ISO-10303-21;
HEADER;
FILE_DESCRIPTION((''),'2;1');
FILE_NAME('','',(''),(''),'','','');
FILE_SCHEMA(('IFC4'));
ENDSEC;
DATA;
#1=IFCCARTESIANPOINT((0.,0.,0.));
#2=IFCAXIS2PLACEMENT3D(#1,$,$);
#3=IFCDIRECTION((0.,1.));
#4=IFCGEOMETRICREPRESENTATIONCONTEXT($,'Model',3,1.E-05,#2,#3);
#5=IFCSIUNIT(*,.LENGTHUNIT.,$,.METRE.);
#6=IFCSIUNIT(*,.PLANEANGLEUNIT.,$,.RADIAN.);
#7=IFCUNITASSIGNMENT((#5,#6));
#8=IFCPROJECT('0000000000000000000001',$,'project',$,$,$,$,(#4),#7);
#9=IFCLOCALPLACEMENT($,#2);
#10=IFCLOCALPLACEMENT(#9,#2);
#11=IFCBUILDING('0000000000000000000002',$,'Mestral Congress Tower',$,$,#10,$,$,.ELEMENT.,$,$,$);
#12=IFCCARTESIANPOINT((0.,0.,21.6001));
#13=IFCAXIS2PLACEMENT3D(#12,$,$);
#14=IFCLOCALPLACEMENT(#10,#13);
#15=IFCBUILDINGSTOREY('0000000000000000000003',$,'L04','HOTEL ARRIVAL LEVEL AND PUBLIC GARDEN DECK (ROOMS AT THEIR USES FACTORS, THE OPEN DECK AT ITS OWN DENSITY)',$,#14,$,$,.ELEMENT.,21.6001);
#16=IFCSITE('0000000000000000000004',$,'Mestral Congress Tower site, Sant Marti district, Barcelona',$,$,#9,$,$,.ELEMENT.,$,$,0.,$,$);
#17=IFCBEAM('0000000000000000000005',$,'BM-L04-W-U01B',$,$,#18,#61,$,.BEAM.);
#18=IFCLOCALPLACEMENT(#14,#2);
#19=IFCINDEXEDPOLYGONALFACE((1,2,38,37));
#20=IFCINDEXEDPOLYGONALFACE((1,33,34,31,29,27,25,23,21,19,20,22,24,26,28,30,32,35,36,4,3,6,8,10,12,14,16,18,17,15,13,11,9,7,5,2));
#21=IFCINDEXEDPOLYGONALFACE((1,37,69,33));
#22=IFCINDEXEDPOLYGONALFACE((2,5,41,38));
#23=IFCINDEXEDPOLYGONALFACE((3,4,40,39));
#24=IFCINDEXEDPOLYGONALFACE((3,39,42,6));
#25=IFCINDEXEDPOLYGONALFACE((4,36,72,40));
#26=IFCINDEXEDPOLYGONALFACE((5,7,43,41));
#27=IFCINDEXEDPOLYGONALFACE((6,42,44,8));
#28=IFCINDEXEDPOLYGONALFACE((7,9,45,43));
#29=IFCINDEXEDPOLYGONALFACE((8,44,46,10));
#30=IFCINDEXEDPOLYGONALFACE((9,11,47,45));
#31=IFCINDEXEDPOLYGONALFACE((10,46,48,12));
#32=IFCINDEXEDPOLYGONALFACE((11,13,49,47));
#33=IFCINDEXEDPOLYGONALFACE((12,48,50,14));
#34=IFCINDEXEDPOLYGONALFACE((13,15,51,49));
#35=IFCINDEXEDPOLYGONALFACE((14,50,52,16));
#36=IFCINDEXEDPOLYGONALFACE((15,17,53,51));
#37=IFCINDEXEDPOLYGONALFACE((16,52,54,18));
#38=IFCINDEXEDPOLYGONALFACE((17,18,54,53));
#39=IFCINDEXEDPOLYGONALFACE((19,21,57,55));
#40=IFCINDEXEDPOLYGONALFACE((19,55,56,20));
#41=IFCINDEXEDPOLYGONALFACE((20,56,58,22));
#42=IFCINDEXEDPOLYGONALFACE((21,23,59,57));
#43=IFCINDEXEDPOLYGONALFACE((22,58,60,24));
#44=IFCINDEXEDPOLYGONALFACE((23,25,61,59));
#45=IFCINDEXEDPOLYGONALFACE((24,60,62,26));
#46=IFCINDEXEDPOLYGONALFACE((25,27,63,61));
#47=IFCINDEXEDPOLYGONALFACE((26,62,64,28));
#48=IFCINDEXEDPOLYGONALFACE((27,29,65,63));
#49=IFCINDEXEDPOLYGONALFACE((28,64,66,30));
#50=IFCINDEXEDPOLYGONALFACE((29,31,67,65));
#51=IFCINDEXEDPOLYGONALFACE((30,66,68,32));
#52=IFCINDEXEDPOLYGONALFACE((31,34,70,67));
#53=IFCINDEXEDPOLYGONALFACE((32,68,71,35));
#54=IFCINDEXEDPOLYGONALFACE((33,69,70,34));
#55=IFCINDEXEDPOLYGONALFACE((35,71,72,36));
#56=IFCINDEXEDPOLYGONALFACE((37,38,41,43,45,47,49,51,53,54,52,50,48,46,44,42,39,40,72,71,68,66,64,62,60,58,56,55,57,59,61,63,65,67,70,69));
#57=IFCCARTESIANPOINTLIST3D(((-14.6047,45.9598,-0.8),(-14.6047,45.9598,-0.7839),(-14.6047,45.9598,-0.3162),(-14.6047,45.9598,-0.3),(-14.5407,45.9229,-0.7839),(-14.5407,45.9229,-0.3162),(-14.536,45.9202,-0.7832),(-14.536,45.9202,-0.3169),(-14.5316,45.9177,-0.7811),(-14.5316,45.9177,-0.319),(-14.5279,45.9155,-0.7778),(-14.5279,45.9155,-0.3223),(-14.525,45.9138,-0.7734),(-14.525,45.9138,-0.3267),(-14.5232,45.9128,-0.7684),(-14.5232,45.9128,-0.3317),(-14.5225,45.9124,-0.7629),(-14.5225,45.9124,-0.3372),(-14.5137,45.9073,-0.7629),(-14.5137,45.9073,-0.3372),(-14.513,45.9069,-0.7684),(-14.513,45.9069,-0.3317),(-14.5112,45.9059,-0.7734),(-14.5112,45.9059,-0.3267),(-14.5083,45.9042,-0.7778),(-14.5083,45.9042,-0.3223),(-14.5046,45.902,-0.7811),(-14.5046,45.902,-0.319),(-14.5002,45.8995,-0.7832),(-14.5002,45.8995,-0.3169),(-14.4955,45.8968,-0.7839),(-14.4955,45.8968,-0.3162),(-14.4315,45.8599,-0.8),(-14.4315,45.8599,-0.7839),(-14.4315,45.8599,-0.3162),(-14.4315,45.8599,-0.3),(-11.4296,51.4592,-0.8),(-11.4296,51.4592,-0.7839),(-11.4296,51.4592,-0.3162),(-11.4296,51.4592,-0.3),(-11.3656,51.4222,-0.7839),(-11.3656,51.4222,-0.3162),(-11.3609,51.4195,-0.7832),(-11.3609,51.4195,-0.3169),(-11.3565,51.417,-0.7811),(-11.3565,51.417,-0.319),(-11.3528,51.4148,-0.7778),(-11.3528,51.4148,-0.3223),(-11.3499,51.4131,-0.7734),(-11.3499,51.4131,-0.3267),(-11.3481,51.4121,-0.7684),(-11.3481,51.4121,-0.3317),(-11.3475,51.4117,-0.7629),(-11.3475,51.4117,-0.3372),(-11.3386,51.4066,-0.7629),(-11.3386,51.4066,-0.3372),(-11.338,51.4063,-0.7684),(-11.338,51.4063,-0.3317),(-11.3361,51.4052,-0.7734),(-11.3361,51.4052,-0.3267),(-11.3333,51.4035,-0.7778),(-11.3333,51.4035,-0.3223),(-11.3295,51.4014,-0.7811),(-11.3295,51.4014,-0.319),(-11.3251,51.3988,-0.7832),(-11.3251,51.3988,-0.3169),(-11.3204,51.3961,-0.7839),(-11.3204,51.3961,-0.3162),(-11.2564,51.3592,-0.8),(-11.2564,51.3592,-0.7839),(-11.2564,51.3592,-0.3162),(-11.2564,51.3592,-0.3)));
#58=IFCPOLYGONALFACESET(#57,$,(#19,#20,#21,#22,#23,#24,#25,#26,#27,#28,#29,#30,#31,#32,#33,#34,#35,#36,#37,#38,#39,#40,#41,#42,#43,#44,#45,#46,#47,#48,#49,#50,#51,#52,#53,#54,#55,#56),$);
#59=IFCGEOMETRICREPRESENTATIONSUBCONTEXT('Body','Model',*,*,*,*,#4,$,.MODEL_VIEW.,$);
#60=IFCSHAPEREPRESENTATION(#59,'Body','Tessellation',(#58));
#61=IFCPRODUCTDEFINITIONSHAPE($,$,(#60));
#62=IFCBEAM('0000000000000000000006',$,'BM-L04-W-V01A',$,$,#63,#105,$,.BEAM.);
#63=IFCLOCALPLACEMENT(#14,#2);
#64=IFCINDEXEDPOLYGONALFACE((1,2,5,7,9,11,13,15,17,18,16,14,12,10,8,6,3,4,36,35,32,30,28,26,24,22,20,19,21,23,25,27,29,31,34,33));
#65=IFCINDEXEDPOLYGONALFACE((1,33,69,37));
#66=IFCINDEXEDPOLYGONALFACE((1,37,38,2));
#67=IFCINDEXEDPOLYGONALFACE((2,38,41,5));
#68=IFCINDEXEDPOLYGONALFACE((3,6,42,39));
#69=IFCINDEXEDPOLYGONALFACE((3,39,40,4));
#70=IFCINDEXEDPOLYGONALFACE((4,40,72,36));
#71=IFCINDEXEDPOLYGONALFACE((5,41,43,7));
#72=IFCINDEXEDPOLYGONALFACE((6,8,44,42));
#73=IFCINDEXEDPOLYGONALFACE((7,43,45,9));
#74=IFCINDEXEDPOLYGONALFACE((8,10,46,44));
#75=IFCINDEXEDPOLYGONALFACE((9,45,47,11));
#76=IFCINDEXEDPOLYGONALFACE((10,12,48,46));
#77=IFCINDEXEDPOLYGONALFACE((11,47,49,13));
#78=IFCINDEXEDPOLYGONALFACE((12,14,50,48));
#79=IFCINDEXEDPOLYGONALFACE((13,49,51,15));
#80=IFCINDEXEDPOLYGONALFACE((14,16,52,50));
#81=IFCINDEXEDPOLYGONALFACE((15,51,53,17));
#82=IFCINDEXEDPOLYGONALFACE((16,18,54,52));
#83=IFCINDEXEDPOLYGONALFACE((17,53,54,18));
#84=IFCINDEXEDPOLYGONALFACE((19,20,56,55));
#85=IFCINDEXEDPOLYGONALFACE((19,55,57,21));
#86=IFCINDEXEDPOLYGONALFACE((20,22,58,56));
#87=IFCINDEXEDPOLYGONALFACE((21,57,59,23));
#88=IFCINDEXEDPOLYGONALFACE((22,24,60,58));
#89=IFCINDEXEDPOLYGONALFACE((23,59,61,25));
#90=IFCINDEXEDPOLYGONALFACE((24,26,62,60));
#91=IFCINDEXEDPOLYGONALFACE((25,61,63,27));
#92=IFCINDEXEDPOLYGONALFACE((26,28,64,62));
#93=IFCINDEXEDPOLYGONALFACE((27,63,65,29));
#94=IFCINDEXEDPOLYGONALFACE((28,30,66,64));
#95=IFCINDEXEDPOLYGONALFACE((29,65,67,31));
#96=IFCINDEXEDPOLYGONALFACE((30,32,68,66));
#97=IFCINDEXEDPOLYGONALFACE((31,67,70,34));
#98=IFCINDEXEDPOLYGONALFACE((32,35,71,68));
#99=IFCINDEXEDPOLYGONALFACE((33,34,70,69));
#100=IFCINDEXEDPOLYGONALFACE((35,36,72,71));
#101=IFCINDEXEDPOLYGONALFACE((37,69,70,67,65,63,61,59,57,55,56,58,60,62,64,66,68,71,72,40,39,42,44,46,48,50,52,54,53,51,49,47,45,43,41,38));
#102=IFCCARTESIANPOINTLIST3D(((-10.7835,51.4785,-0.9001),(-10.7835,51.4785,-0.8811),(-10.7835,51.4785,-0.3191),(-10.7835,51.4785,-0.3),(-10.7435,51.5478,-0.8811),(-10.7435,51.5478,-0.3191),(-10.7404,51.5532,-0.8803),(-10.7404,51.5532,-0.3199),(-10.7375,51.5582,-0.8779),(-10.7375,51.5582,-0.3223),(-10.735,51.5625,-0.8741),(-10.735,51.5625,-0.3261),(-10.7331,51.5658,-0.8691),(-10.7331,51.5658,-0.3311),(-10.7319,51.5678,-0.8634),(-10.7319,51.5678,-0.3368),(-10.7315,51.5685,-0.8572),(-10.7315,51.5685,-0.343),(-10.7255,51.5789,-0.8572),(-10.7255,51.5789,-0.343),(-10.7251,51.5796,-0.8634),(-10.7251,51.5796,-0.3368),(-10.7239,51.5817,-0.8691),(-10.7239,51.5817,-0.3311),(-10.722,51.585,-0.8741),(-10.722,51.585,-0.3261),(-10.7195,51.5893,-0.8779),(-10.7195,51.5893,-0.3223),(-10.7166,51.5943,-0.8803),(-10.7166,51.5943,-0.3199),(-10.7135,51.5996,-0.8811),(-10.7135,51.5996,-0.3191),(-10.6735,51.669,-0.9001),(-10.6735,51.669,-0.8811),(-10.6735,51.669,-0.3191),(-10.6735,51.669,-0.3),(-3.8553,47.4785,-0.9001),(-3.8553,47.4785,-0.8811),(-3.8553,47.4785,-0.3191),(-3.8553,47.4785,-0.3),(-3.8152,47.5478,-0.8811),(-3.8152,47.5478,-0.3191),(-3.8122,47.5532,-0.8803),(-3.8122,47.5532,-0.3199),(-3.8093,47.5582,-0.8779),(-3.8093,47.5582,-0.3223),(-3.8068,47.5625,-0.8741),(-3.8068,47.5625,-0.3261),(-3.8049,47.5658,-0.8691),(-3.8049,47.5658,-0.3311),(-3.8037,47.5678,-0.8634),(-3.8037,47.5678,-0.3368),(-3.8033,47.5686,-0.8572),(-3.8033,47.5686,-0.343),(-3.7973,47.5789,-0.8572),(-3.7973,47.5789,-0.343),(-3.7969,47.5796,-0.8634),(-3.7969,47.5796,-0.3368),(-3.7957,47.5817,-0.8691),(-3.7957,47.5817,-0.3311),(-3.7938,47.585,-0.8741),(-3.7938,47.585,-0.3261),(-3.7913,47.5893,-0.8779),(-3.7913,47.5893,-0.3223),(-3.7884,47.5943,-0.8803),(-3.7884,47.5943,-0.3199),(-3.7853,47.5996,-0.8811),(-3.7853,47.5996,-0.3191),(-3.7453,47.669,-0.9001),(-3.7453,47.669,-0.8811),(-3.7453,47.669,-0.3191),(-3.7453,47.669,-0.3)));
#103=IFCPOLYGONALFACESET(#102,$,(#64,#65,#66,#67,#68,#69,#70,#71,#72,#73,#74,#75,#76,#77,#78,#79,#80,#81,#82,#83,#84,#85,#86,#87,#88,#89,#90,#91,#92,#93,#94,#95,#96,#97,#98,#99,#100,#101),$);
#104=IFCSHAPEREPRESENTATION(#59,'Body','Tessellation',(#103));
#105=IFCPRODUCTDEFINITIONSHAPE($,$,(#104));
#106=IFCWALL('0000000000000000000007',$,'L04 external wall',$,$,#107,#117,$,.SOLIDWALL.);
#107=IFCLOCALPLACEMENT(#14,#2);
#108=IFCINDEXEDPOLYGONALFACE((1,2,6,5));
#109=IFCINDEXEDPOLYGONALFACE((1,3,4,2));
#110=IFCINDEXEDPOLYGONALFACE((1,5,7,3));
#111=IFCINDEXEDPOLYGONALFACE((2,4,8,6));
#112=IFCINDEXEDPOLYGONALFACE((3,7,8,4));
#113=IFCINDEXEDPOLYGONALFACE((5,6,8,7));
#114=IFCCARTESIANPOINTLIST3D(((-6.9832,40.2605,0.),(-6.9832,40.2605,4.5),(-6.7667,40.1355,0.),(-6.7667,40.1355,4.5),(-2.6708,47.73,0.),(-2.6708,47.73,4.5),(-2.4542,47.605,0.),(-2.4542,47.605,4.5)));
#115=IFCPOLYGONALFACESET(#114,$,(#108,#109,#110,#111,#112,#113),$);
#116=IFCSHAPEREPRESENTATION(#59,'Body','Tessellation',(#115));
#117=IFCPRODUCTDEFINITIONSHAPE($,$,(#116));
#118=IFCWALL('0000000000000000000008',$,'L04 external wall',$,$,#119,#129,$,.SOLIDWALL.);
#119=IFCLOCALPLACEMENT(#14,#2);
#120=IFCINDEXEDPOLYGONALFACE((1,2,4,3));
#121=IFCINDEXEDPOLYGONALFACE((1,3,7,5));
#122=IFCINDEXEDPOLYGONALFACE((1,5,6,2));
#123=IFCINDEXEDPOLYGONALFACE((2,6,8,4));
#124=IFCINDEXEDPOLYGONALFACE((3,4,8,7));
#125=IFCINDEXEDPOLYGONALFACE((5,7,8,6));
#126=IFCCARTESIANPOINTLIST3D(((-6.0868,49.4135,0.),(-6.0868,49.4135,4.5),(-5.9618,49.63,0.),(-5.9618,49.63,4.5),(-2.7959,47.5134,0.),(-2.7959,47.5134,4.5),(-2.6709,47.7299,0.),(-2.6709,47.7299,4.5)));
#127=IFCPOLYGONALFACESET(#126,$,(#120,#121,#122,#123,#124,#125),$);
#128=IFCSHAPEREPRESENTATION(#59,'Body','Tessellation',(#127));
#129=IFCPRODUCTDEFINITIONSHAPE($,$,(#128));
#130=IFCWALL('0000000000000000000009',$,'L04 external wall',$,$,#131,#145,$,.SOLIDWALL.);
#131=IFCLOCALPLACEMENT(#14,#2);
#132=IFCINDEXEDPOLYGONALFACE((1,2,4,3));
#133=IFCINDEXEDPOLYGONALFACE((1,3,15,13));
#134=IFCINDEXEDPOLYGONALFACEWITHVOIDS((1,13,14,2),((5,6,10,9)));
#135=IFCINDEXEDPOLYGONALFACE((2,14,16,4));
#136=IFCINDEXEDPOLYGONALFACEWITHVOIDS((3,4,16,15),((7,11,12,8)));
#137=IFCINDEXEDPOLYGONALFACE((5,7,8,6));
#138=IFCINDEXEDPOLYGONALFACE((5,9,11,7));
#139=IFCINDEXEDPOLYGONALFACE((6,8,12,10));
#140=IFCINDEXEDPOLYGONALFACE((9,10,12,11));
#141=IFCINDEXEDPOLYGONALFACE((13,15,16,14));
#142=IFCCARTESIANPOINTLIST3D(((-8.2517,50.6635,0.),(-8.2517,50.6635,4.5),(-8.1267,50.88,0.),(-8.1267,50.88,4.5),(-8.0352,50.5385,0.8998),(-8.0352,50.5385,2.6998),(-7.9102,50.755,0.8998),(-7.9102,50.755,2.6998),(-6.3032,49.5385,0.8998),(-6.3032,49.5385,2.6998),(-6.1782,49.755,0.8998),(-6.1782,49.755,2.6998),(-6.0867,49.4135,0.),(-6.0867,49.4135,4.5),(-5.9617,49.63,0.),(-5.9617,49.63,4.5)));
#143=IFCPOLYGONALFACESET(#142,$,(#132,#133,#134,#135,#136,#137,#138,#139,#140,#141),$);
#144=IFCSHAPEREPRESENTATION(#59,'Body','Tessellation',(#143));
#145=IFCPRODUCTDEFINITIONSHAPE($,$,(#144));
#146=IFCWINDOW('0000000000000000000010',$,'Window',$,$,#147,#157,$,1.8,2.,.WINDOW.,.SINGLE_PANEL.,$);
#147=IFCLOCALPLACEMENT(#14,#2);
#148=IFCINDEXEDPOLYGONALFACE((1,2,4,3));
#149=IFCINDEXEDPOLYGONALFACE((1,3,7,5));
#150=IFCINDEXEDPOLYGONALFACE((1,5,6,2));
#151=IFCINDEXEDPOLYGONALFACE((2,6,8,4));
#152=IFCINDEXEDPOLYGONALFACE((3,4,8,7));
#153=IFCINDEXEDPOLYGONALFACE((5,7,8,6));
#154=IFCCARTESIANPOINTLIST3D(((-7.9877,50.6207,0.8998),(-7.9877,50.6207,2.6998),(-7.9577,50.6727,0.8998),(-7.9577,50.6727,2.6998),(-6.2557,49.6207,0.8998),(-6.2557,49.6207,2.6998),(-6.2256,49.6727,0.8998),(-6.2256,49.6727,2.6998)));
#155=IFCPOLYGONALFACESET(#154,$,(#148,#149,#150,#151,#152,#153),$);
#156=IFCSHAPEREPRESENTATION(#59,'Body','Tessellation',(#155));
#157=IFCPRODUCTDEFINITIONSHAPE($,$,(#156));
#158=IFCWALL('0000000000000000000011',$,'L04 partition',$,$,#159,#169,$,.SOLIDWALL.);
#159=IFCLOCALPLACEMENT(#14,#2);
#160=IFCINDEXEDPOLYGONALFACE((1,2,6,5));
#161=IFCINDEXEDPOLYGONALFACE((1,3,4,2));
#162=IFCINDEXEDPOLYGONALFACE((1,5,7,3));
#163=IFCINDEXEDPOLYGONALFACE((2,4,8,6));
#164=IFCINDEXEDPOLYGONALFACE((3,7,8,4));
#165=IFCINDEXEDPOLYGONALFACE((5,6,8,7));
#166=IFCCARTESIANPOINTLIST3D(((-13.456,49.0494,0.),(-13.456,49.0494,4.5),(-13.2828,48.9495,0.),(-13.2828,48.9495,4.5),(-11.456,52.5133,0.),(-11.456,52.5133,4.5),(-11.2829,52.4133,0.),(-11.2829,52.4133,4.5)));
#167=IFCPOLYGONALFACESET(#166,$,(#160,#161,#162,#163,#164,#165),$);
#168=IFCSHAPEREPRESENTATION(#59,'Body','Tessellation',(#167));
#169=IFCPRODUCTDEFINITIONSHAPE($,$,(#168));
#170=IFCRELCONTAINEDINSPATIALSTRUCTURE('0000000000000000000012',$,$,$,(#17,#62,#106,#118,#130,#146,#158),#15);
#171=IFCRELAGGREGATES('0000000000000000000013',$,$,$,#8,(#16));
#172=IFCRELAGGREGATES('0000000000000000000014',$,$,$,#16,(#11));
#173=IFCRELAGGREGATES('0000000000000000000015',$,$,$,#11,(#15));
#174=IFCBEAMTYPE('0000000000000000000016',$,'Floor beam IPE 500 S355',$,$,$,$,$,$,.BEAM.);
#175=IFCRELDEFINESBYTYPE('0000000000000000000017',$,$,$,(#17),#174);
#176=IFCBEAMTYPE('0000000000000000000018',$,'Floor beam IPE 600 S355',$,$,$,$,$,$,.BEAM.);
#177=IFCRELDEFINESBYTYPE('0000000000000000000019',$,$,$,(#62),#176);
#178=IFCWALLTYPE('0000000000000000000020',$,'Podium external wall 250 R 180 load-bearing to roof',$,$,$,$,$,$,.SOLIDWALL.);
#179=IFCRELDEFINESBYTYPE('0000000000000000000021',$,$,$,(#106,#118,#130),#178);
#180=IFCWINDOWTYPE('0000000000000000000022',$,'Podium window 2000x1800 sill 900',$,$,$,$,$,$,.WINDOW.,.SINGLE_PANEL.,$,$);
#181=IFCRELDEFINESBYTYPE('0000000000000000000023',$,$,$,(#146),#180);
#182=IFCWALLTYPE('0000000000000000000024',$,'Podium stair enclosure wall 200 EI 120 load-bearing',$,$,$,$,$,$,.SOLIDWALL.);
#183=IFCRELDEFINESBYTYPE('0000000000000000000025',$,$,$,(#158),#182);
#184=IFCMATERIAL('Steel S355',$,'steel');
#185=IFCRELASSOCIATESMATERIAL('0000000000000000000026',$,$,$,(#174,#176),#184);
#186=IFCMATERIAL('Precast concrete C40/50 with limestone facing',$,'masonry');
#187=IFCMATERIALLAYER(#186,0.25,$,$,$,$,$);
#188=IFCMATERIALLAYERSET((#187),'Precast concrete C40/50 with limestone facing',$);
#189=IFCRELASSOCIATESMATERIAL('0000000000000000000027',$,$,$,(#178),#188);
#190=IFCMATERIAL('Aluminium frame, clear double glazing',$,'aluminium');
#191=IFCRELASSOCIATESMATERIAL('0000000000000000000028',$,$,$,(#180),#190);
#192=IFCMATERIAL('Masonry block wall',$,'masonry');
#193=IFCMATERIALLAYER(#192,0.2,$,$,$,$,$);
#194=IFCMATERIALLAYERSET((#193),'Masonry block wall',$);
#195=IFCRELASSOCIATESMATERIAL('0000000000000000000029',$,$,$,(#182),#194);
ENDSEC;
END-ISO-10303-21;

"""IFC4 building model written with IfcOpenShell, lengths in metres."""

from ifc_helpers import new_model, si_unit, direction, frame, frame_2d, origin, origin_2d, place, context, subcontext, project, spatial, rectangle, i_section, extrude, material, layer, layer_set, material_profile, profile_set, type_object, element, fill, save


model = new_model("IFC4")

# Units and contexts
model_context = context("Model", 3, precision=1e-05, world=origin(), true_north=direction((0.0, 1.0)))
body_context = subcontext(model_context, "Body", "Model", "MODEL_VIEW")
ifc_project = project(units=[si_unit("LENGTHUNIT", "METRE"), si_unit("PLANEANGLEUNIT", "RADIAN")], contexts=[model_context])

# Site, building, storey
site_placement = place(None, origin())
site = spatial("IfcSite", under=ifc_project, at=site_placement, Name="Mestral Congress Tower site, Sant Marti district, Barcelona", CompositionType="ELEMENT", RefElevation=0.0)
building_placement = place(site_placement, origin())
building = spatial("IfcBuilding", under=site, at=building_placement, Name="Mestral Congress Tower", CompositionType="ELEMENT")
storey_placement = place(building_placement, frame((0.0, 0.0, 21.6001)))
storey = spatial("IfcBuildingStorey", under=building, at=storey_placement, Name="L04", Description="HOTEL ARRIVAL LEVEL AND PUBLIC GARDEN DECK (ROOMS AT THEIR USES FACTORS, THE OPEN DECK AT ITS OWN DENSITY)", CompositionType="ELEMENT", Elevation=21.6001)

# Beams
ifc_material_1 = material(Name="Steel S355", Category="steel")
ifc_material_profile_1 = material_profile(ifc_material_1, i_section(OverallWidth=0.2, OverallDepth=0.5, WebThickness=0.0103, FlangeThickness=0.0161, FilletRadius=0.021, at=origin_2d()), Name="IPE 500")
ifc_profile_set_1 = profile_set([ifc_material_profile_1], Name="Steel S355")
beam_type_1 = type_object("IfcBeamType", Name="Floor beam IPE 500 S355", PredefinedType="BEAM", material=ifc_profile_set_1)
beam_1_placement = place(storey_placement, frame((-11.343, 51.4092, -0.55), z_axis=(-0.500005, -0.866022, 0.0), x_axis=(0.866022, -0.500005, 0.0)))
element("IfcBeam", 1, at=beam_1_placement, inside=storey, type_object=beam_type_1, Name="BM-L04-W-U01B", PredefinedType="BEAM", context=body_context, shape_type="SweptSolid", body=[
    extrude(i_section(OverallWidth=0.2, OverallDepth=0.5, WebThickness=0.0103, FlangeThickness=0.0161, FilletRadius=0.021, at=origin_2d()), origin(), (0.0, 0.0, 1.0), 6.3501),
])
ifc_material_profile_2 = material_profile(ifc_material_1, i_section(OverallWidth=0.22, OverallDepth=0.6001, WebThickness=0.012, FlangeThickness=0.019, FilletRadius=0.0239, at=origin_2d()), Name="IPE 600")
ifc_profile_set_2 = profile_set([ifc_material_profile_2], Name="Steel S355")
beam_type_2 = type_object("IfcBeamType", Name="Floor beam IPE 600 S355", PredefinedType="BEAM", material=ifc_profile_set_2)
beam_2_placement = place(storey_placement, frame((-3.8003, 47.5737, -0.6001), z_axis=(-0.866026, 0.499999, 0.0), x_axis=(-0.499999, -0.866026, 0.0)))
element("IfcBeam", 2, at=beam_2_placement, inside=storey, type_object=beam_type_2, Name="BM-L04-W-V01A", PredefinedType="BEAM", context=body_context, shape_type="SweptSolid", body=[
    extrude(i_section(OverallWidth=0.22, OverallDepth=0.6001, WebThickness=0.012, FlangeThickness=0.019, FilletRadius=0.0239, at=origin_2d()), origin(), (0.0, 0.0, 1.0), 8.0),
])

# Walls
ifc_material_2 = material(Name="Precast concrete C40/50 with limestone facing", Category="masonry")
ifc_layer_1 = layer(ifc_material_2, 0.25)
ifc_layer_set_1 = layer_set([ifc_layer_1], Name="Precast concrete C40/50 with limestone facing")
wall_type_1 = type_object("IfcWallType", Name="Podium external wall 250 R 180 load-bearing to roof", PredefinedType="SOLIDWALL", material=ifc_layer_set_1)
wall_1_placement = place(storey_placement, frame((-2.5625, 47.6675, 0.0), z_axis=(0.0, 0.0, 1.0), x_axis=(-0.499999, -0.866026, 0.0)))
element("IfcWall", 3, at=wall_1_placement, inside=storey, type_object=wall_type_1, Name="L04 external wall", PredefinedType="SOLIDWALL", context=body_context, shape_type="SweptSolid", body=[
    extrude(rectangle(XDim=8.625, YDim=0.25, at=frame_2d((4.3125, 0.0))), origin(), (0.0, 0.0, 1.0), 4.5),
])
wall_2_placement = place(storey_placement, frame((-6.0242, 49.5217, 0.0), z_axis=(0.0, 0.0, 1.0), x_axis=(0.866, -0.500043, 0.0)))
element("IfcWall", 4, at=wall_2_placement, inside=storey, type_object=wall_type_1, Name="L04 external wall", PredefinedType="SOLIDWALL", context=body_context, shape_type="SweptSolid", body=[
    extrude(rectangle(XDim=3.8, YDim=0.25, at=frame_2d((1.8999, 0.0))), origin(), (0.0, 0.0, 1.0), 4.5),
])

# Wall, opening, window
wall_3_placement = place(storey_placement, frame((-8.1892, 50.7717, 0.0), z_axis=(0.0, 0.0, 1.0), x_axis=(0.866023, -0.500004, 0.0)))
wall_3 = element("IfcWall", 5, at=wall_3_placement, inside=storey, type_object=wall_type_1, Name="L04 external wall", PredefinedType="SOLIDWALL", context=body_context, shape_type="SweptSolid", body=[
    extrude(rectangle(XDim=2.5, YDim=0.25, at=frame_2d((1.25, 0.0))), origin(), (0.0, 0.0, 1.0), 4.5),
])
opening_1_placement = place(wall_3_placement, frame((0.25, 0.0, 0.8999)))
opening_1 = element("IfcOpeningElement", 6, at=opening_1_placement, cuts=wall_3, PredefinedType="OPENING", context=body_context, shape_type="SweptSolid", body=[
    extrude(rectangle(XDim=2.0, YDim=1.8, at=frame_2d((1.0, 0.8999))), frame((0.0, 0.135, 0.0), z_axis=(0.0, -1.0, 0.0), x_axis=(1.0, 0.0, 0.0)), (0.0, 0.0, 1.0), 0.27),
])
ifc_material_3 = material(Name="Aluminium frame, clear double glazing", Category="aluminium")
window_type = type_object("IfcWindowType", Name="Podium window 2000x1800 sill 900", PartitioningType="SINGLE_PANEL", PredefinedType="WINDOW", material=ifc_material_3)
window_placement = place(opening_1_placement, origin())
window = element("IfcWindow", 7, at=window_placement, inside=storey, type_object=window_type, Name="Window", OverallHeight=1.8, OverallWidth=2.0, PartitioningType="SINGLE_PANEL", PredefinedType="WINDOW", context=body_context, shape_type="SweptSolid", body=[
    extrude(rectangle(XDim=2.0, YDim=1.8, at=frame_2d((1.0, 0.8999))), frame((0.0, 0.03, 0.0), z_axis=(0.0, -1.0, 0.0), x_axis=(1.0, 0.0, 0.0)), (0.0, 0.0, 1.0), 0.0601),
])
fill(opening_1, window)

# Wall
ifc_material_4 = material(Name="Masonry block wall", Category="masonry")
ifc_layer_2 = layer(ifc_material_4, 0.2)
ifc_layer_set_2 = layer_set([ifc_layer_2], Name="Masonry block wall")
wall_type_2 = type_object("IfcWallType", Name="Podium stair enclosure wall 200 EI 120 load-bearing", PredefinedType="SOLIDWALL", material=ifc_layer_set_2)
wall_4_placement = place(storey_placement, frame((-11.3694, 52.4634, 0.0), z_axis=(0.0, 0.0, 1.0), x_axis=(-0.500025, -0.866011, 0.0)))
element("IfcWall", 8, at=wall_4_placement, inside=storey, type_object=wall_type_2, Name="L04 partition", PredefinedType="SOLIDWALL", context=body_context, shape_type="SweptSolid", body=[
    extrude(rectangle(XDim=3.9998, YDim=0.2, at=frame_2d((2.0, 0.0))), origin(), (0.0, 0.0, 1.0), 4.5),
])

save(model, "model.ifc")
